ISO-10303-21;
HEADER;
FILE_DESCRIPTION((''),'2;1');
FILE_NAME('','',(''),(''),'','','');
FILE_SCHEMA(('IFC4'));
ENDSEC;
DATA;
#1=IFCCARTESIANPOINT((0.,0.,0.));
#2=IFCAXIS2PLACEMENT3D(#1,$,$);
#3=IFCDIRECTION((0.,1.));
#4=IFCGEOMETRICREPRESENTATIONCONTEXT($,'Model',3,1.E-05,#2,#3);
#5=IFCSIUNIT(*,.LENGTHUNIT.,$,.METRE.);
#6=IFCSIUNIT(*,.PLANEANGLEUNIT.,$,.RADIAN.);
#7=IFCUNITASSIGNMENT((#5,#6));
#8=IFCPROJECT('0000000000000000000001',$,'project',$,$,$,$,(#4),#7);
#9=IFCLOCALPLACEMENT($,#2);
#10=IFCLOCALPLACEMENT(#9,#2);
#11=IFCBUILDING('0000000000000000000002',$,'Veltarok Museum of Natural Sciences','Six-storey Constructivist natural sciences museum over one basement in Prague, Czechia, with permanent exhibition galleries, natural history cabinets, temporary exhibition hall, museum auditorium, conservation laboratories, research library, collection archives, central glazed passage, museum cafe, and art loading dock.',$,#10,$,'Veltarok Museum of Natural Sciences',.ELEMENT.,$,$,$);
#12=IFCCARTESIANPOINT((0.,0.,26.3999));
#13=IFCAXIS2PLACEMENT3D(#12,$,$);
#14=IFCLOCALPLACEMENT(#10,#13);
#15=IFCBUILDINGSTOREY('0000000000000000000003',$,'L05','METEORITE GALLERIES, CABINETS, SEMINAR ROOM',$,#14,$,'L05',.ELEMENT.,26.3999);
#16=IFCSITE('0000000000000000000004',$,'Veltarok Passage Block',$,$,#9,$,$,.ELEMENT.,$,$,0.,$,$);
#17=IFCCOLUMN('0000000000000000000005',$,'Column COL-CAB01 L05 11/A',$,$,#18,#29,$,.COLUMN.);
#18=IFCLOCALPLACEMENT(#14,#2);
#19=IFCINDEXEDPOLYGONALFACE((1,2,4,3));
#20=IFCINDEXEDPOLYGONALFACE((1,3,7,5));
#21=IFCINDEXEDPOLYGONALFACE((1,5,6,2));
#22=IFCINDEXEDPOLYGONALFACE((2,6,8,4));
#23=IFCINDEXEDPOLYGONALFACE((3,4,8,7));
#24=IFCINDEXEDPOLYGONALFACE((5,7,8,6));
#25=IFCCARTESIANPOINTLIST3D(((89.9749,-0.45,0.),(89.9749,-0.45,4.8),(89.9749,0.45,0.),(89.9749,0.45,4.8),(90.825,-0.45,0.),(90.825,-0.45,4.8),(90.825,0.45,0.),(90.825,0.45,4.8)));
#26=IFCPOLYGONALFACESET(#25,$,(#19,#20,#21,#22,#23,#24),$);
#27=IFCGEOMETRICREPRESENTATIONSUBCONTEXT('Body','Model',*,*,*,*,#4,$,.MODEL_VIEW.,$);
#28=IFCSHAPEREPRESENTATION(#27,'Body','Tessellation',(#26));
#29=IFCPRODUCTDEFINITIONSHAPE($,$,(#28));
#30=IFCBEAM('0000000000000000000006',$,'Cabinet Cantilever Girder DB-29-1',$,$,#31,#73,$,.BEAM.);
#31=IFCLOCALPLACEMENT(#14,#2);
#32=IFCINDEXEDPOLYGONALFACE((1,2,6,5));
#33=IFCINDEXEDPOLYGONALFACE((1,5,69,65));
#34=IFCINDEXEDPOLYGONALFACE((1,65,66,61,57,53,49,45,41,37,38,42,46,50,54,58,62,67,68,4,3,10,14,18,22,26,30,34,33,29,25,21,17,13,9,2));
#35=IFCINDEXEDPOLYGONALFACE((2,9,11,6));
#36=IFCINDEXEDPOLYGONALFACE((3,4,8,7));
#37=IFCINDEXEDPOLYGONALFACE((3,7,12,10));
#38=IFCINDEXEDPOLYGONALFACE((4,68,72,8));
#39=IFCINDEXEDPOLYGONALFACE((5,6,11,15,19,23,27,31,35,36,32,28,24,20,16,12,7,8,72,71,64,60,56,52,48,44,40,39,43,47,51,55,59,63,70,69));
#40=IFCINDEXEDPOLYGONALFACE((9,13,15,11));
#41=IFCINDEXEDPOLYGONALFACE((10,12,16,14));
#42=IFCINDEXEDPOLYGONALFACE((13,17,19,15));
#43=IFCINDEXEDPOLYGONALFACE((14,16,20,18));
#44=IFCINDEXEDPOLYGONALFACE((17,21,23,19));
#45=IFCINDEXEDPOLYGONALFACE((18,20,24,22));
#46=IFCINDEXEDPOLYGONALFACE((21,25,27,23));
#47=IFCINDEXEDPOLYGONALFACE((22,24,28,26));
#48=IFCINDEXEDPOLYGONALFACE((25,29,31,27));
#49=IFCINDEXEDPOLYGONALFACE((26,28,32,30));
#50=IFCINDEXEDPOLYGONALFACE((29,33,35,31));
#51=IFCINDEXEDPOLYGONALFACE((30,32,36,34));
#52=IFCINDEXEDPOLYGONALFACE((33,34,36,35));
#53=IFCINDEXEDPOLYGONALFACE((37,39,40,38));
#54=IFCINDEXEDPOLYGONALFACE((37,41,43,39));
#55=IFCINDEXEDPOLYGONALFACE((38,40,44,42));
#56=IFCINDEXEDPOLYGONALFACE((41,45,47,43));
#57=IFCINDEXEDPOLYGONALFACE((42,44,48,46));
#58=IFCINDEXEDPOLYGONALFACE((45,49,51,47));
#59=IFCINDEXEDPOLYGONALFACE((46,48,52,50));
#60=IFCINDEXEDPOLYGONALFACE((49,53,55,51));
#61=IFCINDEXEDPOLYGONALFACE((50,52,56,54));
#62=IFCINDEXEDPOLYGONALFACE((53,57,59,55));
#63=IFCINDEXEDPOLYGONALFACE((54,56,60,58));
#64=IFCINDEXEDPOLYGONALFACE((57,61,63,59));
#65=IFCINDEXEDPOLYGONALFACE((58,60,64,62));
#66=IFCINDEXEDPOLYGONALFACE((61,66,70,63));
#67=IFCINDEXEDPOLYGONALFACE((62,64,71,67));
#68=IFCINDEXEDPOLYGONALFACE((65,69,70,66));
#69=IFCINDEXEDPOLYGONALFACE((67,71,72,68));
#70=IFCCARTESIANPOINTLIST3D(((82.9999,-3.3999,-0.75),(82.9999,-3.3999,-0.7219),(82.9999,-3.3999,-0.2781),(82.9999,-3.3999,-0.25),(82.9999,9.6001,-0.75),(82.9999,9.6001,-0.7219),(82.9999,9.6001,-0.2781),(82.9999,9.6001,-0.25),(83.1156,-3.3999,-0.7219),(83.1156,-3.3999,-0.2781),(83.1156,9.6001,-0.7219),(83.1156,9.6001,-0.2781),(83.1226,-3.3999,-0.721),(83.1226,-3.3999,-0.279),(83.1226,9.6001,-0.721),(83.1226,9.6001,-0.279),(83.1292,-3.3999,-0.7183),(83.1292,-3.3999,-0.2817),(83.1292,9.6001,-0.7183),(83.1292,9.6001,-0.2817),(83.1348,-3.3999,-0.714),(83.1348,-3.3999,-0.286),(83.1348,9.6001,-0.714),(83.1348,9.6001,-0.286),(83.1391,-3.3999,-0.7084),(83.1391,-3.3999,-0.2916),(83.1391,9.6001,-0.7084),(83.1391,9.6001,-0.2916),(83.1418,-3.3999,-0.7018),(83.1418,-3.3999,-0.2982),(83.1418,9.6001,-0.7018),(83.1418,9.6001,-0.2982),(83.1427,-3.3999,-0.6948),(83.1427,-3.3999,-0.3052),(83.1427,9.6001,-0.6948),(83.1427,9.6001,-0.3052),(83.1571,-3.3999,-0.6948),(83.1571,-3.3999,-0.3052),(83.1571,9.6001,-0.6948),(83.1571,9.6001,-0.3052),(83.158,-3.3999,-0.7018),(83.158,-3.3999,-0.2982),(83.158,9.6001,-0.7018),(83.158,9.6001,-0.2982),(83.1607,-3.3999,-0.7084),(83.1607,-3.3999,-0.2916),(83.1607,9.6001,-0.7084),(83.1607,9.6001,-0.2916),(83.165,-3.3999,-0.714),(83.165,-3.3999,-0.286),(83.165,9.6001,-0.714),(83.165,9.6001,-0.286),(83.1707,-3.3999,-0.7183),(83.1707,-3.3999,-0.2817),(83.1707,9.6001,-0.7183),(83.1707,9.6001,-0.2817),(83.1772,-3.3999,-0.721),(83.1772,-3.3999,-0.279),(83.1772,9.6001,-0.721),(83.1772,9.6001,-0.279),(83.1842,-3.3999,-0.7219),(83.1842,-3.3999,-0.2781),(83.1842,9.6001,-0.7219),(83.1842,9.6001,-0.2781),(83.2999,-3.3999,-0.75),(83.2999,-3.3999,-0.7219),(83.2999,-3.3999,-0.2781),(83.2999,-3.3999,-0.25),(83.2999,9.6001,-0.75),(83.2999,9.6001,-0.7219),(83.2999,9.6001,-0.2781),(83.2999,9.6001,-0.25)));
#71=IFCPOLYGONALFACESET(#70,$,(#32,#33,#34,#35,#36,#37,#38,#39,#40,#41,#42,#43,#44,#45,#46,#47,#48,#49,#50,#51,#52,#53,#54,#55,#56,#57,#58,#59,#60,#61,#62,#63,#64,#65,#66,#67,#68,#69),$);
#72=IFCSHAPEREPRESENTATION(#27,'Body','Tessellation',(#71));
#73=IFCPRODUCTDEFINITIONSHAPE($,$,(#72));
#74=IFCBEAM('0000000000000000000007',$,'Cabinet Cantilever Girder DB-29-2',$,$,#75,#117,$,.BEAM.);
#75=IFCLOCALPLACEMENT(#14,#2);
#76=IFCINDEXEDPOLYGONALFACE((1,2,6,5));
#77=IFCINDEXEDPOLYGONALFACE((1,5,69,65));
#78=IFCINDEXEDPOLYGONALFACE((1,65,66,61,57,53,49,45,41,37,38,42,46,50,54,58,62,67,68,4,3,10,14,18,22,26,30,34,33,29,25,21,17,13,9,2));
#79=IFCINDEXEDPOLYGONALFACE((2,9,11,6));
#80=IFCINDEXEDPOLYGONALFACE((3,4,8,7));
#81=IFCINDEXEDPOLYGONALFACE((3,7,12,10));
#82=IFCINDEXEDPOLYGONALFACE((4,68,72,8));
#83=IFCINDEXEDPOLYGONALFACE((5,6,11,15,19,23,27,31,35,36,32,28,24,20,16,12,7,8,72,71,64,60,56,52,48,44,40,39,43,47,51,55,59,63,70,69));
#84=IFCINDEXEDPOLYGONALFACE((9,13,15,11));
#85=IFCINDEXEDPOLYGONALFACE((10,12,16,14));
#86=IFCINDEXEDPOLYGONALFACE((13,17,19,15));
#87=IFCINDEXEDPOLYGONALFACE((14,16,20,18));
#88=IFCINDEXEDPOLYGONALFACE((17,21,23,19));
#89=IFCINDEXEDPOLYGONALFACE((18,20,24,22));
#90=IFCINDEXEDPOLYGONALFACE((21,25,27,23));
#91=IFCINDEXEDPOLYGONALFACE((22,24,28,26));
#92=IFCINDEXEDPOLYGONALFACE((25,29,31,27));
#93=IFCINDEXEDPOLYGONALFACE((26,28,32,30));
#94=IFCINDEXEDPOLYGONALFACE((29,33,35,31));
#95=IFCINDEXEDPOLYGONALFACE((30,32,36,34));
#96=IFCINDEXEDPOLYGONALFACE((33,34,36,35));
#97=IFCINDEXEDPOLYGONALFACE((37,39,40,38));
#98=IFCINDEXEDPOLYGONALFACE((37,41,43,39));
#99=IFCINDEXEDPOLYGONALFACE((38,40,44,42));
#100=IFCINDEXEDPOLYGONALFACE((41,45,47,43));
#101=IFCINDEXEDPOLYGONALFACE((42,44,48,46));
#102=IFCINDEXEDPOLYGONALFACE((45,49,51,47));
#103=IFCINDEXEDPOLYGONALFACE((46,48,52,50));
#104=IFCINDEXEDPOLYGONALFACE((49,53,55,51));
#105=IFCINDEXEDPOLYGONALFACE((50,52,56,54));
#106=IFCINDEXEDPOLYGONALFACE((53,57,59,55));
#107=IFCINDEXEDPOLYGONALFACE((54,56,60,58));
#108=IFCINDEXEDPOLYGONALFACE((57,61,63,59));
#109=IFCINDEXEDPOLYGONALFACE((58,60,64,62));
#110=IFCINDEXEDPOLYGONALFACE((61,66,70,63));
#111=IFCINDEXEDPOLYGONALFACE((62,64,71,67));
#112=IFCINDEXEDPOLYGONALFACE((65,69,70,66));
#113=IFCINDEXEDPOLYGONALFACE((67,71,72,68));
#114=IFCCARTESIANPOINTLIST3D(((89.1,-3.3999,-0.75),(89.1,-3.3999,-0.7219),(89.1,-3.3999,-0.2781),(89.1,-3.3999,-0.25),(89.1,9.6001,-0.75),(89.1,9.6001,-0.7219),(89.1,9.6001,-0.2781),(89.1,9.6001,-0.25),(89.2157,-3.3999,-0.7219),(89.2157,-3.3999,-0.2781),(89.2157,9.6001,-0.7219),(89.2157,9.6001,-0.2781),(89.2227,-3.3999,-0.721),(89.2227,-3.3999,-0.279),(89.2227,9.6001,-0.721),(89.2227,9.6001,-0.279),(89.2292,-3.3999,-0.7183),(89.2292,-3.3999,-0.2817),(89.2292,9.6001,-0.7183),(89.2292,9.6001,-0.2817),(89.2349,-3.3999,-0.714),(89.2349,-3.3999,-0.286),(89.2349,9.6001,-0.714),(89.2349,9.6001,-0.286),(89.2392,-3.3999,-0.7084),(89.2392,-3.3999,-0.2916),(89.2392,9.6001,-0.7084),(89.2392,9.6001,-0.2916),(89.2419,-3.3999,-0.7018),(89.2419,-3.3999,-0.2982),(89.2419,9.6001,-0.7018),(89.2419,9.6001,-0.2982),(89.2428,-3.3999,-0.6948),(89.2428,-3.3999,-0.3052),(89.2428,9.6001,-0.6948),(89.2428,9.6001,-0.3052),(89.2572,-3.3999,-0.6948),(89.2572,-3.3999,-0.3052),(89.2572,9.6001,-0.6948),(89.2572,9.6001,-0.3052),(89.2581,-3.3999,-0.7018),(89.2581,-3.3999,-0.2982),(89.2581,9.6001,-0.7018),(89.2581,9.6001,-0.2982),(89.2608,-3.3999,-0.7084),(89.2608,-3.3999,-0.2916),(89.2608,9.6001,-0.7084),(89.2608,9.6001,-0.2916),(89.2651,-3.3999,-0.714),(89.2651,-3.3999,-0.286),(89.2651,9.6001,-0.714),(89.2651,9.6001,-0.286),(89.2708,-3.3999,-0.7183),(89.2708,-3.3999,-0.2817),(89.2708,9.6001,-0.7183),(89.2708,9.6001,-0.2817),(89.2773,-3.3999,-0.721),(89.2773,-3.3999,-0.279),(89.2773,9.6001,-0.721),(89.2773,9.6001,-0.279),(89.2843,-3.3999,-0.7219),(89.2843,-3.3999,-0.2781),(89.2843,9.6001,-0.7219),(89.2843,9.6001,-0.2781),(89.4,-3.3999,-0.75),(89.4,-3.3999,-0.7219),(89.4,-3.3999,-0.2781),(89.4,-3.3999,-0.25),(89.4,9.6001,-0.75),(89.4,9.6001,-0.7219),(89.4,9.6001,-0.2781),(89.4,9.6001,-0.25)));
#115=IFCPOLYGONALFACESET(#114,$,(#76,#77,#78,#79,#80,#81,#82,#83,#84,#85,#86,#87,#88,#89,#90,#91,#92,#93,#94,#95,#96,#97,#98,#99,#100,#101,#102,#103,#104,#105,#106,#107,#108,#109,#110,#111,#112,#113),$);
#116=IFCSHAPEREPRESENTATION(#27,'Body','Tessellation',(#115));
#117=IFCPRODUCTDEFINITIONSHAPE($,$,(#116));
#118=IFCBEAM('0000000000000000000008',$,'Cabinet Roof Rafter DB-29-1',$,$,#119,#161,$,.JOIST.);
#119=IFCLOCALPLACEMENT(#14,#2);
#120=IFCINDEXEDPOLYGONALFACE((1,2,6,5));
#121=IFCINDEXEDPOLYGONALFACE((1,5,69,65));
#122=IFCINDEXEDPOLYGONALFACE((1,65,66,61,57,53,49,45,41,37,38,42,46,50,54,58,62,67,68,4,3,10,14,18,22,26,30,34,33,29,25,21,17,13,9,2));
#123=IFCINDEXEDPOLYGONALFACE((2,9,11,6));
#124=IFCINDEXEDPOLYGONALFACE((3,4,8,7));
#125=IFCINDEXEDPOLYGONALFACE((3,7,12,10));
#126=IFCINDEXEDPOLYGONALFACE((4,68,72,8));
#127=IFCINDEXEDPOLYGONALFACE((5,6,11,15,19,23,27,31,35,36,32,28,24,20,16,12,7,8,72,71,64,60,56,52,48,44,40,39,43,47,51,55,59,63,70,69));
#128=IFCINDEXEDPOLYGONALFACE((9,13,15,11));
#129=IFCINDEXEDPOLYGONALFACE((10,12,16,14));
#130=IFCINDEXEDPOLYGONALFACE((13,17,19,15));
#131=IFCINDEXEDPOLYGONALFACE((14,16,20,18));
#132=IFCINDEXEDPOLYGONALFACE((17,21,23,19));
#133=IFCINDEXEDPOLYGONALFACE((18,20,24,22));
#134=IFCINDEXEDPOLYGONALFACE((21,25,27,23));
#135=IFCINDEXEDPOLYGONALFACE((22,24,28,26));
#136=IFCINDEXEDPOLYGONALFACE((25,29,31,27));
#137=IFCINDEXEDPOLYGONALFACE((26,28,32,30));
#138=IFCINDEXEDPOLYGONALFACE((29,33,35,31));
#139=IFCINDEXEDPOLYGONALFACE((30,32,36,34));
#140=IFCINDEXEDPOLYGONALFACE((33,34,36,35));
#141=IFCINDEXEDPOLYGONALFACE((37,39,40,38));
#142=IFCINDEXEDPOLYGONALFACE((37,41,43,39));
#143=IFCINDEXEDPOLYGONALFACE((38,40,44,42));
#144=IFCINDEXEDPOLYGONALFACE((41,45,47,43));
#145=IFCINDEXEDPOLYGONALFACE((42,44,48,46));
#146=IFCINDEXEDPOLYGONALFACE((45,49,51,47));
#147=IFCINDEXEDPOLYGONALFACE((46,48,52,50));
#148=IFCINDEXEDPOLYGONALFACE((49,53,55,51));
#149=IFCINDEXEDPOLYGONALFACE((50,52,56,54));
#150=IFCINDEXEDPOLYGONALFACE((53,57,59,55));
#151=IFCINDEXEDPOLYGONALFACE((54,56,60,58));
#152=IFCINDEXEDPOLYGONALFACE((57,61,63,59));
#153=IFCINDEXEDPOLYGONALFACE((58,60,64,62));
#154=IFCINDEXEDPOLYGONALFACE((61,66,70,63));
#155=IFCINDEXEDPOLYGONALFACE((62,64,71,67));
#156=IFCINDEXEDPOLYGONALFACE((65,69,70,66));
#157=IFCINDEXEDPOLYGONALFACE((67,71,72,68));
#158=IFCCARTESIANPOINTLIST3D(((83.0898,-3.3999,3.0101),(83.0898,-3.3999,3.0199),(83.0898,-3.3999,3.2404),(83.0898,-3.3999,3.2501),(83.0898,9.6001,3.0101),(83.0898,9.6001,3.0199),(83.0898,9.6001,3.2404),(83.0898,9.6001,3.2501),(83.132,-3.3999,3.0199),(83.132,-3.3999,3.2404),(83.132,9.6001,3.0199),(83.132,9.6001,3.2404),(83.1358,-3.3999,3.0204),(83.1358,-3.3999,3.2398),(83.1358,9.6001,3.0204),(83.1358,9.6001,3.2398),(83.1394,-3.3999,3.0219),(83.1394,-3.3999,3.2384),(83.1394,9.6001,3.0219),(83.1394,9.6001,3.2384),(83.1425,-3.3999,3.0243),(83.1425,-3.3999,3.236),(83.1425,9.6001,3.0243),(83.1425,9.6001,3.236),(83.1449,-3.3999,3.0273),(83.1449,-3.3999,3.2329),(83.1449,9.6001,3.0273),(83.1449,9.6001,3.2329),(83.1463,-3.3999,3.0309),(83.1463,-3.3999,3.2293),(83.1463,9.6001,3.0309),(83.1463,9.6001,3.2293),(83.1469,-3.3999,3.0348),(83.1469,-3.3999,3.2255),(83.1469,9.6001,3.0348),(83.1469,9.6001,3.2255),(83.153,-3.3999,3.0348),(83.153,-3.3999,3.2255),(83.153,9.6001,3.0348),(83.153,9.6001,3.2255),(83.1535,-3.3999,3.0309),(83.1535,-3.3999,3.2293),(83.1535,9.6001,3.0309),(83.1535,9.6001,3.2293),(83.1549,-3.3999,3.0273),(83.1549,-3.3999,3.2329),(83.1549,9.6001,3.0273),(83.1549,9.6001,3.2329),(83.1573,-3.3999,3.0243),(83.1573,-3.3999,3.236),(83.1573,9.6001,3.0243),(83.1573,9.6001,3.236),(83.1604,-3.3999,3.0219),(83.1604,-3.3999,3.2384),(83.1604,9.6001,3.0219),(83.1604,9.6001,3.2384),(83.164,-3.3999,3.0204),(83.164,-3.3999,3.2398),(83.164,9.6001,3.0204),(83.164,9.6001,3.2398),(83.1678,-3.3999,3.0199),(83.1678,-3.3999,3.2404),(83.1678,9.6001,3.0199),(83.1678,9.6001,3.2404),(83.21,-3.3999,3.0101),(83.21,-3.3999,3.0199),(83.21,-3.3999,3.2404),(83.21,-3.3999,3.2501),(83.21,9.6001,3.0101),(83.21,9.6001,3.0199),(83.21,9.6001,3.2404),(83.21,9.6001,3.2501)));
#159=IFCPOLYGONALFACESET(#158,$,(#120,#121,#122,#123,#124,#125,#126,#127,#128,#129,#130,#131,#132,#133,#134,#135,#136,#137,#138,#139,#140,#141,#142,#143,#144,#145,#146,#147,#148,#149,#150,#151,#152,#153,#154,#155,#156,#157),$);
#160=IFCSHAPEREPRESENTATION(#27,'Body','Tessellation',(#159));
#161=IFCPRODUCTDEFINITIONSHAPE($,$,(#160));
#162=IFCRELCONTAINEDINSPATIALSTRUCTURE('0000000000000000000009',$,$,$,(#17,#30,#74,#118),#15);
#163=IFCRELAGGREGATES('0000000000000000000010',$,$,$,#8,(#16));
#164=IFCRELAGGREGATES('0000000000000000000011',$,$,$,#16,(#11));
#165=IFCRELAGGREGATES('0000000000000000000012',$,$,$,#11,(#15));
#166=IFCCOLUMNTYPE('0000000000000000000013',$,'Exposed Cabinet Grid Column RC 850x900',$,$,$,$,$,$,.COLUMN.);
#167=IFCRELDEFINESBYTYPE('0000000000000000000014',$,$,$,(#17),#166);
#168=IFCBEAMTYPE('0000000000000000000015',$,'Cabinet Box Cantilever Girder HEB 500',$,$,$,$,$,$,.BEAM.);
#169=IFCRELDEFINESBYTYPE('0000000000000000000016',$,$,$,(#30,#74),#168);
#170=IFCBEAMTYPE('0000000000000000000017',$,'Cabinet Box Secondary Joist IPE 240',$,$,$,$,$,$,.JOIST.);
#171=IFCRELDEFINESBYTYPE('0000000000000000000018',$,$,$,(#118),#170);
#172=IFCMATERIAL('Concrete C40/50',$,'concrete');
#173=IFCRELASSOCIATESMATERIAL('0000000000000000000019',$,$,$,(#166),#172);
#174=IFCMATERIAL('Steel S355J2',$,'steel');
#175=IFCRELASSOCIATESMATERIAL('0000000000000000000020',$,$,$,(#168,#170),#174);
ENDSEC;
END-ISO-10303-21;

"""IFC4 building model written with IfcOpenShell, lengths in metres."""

from ifc_helpers import new_model, si_unit, direction, frame, origin, origin_2d, place, context, subcontext, project, spatial, rectangle, i_section, extrude, material, material_profile, profile_set, type_object, element, save


model = new_model("IFC4")

# Units and contexts
model_context = context("Model", 3, precision=1e-05, world=origin(), true_north=direction((0.0, 1.0)))
body_context = subcontext(model_context, "Body", "Model", "MODEL_VIEW")
ifc_project = project(units=[si_unit("LENGTHUNIT", "METRE"), si_unit("PLANEANGLEUNIT", "RADIAN")], contexts=[model_context])

# Site, building, storey
site_placement = place(None, origin())
site = spatial("IfcSite", under=ifc_project, at=site_placement, Name="Veltarok Passage Block", CompositionType="ELEMENT", RefElevation=0.0)
building_placement = place(site_placement, origin())
building = spatial("IfcBuilding", under=site, at=building_placement, Name="Veltarok Museum of Natural Sciences", Description="Six-storey Constructivist natural sciences museum over one basement in Prague, Czechia, with permanent exhibition galleries, natural history cabinets, temporary exhibition hall, museum auditorium, conservation laboratories, research library, collection archives, central glazed passage, museum cafe, and art loading dock.", LongName="Veltarok Museum of Natural Sciences", CompositionType="ELEMENT")
storey_placement = place(building_placement, frame((0.0, 0.0, 26.3999)))
storey = spatial("IfcBuildingStorey", under=building, at=storey_placement, Name="L05", Description="METEORITE GALLERIES, CABINETS, SEMINAR ROOM", LongName="L05", CompositionType="ELEMENT", Elevation=26.3999)

# Column
ifc_material_1 = material(Name="Concrete C40/50", Category="concrete")
ifc_material_profile_1 = material_profile(ifc_material_1, rectangle(XDim=0.8501, YDim=0.8999, at=origin_2d()), Name="RC 850x900")
ifc_profile_set_1 = profile_set([ifc_material_profile_1], Name="Concrete C40/50")
column_type = type_object("IfcColumnType", Name="Exposed Cabinet Grid Column RC 850x900", PredefinedType="COLUMN", material=ifc_profile_set_1)
column_placement = place(storey_placement, frame((90.3999, 0.0, 0.0), z_axis=(0.0, 0.0, 1.0), x_axis=(1.0, 0.0, 0.0)))
element("IfcColumn", 1, at=column_placement, inside=storey, type_object=column_type, Name="Column COL-CAB01 L05 11/A", PredefinedType="COLUMN", context=body_context, shape_type="SweptSolid", body=[
    extrude(rectangle(XDim=0.8501, YDim=0.8999, at=origin_2d()), origin(), (0.0, 0.0, 1.0), 4.8),
])

# Beams
ifc_material_2 = material(Name="Steel S355J2", Category="steel")
ifc_material_profile_2 = material_profile(ifc_material_2, i_section(OverallWidth=0.3, OverallDepth=0.5, WebThickness=0.0144, FlangeThickness=0.0281, FilletRadius=0.0271, at=origin_2d()), Name="HEB 500")
ifc_profile_set_2 = profile_set([ifc_material_profile_2], Name="Steel S355J2")
beam_type_1 = type_object("IfcBeamType", Name="Cabinet Box Cantilever Girder HEB 500", PredefinedType="BEAM", material=ifc_profile_set_2)
for number, where, z_axis, x_axis, name in (
    (2, (83.1499, -3.3999, -0.5), (0.0, 1.0, 0.0), (-1.0, 0.0, 0.0), "Cabinet Cantilever Girder DB-29-1"),
    (3, (89.25, -3.3999, -0.5), (0.0, 1.0, 0.0), (-1.0, 0.0, 0.0), "Cabinet Cantilever Girder DB-29-2"),
):
    element("IfcBeam", number, at=place(storey_placement, frame(where, z_axis=z_axis, x_axis=x_axis)), inside=storey, type_object=beam_type_1, Name=name, PredefinedType="BEAM", context=body_context, shape_type="SweptSolid", body=[
        extrude(i_section(OverallWidth=0.3, OverallDepth=0.5, WebThickness=0.0144, FlangeThickness=0.0281, FilletRadius=0.0271, at=origin_2d()), origin(), (0.0, 0.0, 1.0), 13.0),
    ])
ifc_material_profile_3 = material_profile(ifc_material_2, i_section(OverallWidth=0.1201, OverallDepth=0.24, WebThickness=0.0061, FlangeThickness=0.0098, FilletRadius=0.0149, at=origin_2d()), Name="IPE 240")
ifc_profile_set_3 = profile_set([ifc_material_profile_3], Name="Steel S355J2")
beam_type_2 = type_object("IfcBeamType", Name="Cabinet Box Secondary Joist IPE 240", PredefinedType="JOIST", material=ifc_profile_set_3)
for number, where, z_axis, x_axis, name in (
    (4, (83.1499, -3.3999, 3.1301), (0.0, 1.0, 0.0), (-1.0, 0.0, 0.0), "Cabinet Roof Rafter DB-29-1"),
):
    element("IfcBeam", number, at=place(storey_placement, frame(where, z_axis=z_axis, x_axis=x_axis)), inside=storey, type_object=beam_type_2, Name=name, PredefinedType="JOIST", context=body_context, shape_type="SweptSolid", body=[
        extrude(i_section(OverallWidth=0.1201, OverallDepth=0.24, WebThickness=0.0061, FlangeThickness=0.0098, FilletRadius=0.0149, at=origin_2d()), origin(), (0.0, 0.0, 1.0), 13.0),
    ])

save(model, "model.ifc")
